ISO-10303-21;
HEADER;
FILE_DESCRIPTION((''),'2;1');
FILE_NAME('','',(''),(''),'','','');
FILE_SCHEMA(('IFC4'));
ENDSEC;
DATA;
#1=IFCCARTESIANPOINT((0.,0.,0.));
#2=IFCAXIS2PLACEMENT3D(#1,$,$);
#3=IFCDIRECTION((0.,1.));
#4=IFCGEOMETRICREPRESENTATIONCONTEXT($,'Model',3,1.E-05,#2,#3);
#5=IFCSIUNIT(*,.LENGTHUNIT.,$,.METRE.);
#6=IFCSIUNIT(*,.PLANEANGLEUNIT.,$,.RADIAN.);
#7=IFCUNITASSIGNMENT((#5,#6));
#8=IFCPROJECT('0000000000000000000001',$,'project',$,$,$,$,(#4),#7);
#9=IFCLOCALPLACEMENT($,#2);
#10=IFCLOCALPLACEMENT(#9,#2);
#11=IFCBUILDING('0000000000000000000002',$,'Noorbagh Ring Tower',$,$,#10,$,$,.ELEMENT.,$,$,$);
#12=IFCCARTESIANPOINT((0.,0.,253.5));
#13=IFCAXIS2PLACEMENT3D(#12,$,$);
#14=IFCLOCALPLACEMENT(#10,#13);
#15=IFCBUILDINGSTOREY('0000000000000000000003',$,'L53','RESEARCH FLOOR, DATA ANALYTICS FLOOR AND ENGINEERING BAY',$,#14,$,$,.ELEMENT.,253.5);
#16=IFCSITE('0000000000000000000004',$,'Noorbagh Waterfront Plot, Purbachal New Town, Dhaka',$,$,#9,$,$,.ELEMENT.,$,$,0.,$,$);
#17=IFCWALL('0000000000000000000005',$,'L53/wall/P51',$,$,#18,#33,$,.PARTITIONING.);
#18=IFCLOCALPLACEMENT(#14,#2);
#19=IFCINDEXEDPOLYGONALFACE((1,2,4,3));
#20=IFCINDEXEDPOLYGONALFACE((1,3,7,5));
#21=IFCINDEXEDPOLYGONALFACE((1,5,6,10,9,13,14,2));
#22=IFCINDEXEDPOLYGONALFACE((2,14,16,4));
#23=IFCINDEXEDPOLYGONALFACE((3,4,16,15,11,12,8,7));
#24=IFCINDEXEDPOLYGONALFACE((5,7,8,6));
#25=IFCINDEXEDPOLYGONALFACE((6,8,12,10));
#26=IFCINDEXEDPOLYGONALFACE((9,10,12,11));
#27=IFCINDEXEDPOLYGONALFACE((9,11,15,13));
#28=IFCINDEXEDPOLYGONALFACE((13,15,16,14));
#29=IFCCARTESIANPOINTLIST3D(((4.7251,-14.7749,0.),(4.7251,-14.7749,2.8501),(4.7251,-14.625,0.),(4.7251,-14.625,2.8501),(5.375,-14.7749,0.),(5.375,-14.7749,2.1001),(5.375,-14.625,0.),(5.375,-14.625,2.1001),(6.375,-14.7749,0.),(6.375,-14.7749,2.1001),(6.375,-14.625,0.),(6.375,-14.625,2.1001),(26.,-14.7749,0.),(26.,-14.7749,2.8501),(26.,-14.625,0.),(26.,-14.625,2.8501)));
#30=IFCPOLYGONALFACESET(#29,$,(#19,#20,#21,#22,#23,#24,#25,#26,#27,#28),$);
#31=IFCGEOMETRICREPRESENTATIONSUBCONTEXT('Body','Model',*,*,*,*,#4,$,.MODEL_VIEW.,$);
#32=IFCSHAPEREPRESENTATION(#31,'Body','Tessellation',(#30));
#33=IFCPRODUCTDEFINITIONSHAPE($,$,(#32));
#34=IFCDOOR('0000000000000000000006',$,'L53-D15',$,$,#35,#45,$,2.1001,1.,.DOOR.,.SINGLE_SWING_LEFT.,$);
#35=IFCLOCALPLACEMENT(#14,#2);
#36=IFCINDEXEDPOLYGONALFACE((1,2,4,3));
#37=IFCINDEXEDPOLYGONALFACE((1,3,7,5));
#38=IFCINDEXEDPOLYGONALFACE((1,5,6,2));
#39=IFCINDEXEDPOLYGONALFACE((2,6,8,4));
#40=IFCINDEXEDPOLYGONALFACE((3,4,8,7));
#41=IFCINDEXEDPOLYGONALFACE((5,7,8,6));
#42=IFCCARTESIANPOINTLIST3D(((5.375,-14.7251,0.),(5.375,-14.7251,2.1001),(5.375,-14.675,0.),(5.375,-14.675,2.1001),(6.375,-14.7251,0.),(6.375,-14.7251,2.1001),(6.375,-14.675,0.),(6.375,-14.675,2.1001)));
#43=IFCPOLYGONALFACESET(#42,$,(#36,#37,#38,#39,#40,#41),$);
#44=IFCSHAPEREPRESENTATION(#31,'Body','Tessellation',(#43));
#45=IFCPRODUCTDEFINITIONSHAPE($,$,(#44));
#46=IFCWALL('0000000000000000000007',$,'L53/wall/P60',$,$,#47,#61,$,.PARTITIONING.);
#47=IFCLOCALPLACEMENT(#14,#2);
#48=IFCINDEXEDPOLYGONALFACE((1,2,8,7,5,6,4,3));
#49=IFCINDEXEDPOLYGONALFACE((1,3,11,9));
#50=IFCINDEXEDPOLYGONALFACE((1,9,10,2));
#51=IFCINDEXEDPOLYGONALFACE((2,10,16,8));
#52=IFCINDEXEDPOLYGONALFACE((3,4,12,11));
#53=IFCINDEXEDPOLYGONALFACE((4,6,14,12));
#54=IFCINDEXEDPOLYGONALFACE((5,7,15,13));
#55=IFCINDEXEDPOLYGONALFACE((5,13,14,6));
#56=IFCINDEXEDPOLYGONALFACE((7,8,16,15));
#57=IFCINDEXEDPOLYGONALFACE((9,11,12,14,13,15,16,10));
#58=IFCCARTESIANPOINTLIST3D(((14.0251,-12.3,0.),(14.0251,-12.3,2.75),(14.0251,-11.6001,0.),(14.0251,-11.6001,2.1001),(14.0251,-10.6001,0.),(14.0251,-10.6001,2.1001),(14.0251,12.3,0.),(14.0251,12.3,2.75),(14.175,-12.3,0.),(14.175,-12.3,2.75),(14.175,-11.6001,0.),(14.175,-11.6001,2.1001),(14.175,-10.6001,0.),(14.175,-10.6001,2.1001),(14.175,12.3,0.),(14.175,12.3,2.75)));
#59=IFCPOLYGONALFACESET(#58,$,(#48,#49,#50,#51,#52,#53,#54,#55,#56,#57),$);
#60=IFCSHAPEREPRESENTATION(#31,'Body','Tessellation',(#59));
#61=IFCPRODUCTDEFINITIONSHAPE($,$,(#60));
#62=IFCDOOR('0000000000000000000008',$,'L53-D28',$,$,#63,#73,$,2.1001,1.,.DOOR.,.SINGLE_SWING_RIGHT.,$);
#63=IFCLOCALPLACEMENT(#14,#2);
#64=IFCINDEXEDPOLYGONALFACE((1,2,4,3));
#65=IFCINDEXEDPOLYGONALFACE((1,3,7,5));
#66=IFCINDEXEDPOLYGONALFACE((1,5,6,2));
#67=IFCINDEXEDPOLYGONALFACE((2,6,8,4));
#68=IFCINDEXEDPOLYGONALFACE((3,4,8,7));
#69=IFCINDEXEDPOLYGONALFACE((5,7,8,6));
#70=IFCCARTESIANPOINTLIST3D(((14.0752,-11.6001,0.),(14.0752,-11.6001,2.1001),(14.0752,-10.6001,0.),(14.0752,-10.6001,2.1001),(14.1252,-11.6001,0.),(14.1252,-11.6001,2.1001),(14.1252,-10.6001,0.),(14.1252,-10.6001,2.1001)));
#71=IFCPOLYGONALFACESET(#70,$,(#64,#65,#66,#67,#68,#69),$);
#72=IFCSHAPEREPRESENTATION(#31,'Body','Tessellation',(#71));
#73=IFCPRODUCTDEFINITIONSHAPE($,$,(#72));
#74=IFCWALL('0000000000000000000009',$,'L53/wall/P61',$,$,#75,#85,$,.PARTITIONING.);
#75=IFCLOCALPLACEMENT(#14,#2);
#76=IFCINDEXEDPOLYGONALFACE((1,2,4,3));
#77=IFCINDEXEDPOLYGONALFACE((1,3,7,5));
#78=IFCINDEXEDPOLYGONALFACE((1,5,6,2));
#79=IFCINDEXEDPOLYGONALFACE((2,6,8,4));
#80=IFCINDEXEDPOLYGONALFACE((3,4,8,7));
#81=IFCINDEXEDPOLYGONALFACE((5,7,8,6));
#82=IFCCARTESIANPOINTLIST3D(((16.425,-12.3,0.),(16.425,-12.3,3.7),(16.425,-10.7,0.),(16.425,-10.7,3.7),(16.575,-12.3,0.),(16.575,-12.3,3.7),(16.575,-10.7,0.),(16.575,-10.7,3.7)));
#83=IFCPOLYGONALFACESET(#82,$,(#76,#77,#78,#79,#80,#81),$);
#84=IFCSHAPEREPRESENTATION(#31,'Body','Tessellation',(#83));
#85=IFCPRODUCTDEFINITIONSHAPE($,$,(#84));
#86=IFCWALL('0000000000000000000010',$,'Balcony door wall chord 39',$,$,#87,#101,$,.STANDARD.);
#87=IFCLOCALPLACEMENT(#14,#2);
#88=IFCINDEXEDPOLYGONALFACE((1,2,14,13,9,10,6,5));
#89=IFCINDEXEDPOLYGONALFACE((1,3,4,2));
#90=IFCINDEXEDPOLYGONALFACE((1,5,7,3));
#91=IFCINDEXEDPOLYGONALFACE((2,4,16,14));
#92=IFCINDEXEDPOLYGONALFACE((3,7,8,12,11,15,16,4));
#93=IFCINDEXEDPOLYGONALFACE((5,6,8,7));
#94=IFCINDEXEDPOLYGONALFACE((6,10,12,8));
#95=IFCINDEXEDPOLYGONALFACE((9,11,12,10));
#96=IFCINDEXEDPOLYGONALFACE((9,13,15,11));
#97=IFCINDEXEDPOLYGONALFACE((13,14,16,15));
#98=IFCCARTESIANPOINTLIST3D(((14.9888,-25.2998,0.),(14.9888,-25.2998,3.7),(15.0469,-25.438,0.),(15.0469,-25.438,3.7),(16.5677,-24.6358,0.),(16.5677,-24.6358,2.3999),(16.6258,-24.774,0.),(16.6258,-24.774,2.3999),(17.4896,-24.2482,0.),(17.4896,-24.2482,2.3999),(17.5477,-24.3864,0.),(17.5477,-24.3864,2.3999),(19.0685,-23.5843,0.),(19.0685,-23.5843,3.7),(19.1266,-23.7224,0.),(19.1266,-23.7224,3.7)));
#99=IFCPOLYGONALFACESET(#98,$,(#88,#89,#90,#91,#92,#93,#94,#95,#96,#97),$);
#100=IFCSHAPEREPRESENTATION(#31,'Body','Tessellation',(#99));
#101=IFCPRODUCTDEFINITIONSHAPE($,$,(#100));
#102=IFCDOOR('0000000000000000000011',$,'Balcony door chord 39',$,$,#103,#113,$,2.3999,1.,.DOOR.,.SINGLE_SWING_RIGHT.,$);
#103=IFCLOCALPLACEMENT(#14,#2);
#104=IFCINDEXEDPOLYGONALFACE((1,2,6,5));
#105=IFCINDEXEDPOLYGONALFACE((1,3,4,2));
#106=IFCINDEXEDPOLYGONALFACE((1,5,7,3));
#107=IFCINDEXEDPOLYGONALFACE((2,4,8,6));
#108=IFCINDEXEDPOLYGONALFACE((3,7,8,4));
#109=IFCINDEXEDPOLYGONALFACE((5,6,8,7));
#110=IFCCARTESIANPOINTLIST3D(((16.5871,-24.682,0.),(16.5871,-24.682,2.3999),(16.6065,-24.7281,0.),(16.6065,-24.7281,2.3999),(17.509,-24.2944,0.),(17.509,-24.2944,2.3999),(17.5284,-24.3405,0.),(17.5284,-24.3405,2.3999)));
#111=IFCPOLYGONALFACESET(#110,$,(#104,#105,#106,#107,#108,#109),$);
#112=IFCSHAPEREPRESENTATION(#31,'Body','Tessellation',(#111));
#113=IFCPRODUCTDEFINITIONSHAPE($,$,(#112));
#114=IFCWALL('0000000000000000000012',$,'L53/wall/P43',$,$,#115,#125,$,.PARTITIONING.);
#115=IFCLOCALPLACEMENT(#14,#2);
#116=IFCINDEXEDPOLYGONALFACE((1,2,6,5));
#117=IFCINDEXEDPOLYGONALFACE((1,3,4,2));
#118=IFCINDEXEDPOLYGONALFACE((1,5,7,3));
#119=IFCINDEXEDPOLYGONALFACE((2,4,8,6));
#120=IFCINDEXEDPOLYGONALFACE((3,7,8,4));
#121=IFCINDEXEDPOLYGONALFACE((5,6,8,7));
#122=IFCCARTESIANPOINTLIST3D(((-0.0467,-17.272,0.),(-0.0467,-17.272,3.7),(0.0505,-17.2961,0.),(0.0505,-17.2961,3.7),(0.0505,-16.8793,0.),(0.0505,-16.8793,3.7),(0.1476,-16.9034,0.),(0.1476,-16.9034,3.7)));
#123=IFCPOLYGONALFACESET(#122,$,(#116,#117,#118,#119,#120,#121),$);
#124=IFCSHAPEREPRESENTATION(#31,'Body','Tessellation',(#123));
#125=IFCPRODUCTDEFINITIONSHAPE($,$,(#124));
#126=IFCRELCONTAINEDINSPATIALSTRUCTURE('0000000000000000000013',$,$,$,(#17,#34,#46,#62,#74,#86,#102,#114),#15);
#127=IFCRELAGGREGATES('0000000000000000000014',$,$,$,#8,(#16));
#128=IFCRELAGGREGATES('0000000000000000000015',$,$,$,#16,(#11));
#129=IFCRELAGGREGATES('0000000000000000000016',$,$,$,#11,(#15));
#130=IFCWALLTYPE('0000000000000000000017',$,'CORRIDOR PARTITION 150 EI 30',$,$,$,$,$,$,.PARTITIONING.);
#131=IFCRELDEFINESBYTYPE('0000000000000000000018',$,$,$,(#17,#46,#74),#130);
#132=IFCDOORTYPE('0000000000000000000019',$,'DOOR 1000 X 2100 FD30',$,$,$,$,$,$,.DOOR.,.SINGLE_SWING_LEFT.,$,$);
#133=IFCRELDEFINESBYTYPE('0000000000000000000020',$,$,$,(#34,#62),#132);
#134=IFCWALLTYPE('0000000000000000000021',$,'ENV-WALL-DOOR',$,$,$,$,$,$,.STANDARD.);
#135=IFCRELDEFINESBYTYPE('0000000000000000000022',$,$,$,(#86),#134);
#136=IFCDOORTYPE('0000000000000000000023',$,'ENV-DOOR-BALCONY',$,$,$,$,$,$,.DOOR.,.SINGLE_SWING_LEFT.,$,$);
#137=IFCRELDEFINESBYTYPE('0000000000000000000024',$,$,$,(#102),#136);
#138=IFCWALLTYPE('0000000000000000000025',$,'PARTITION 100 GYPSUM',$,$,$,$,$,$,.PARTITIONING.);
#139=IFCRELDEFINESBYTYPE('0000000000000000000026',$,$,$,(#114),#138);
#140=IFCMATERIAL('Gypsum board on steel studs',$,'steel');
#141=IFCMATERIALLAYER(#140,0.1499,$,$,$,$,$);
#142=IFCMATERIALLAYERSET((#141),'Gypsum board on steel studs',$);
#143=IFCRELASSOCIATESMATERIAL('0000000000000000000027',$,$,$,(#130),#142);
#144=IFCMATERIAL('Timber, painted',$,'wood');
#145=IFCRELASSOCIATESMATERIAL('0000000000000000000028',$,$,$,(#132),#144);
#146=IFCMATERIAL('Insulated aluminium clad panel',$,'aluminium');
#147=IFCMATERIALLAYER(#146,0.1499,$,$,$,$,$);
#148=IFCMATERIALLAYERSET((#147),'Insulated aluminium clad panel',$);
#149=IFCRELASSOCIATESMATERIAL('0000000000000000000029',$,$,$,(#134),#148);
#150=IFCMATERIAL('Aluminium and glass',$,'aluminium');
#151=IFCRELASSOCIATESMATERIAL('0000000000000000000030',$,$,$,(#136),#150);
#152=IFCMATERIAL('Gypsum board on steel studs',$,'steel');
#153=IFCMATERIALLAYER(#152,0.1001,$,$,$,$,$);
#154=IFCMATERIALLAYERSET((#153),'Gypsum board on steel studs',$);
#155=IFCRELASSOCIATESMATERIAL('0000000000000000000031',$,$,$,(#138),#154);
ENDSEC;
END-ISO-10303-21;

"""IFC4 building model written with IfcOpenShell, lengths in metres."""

from ifc_helpers import new_model, si_unit, direction, frame, frame_2d, origin, place, context, subcontext, project, spatial, rectangle, extrude, material, layer, layer_set, type_object, element, fill, save


model = new_model("IFC4")

# Units and contexts
model_context = context("Model", 3, precision=1e-05, world=origin(), true_north=direction((0.0, 1.0)))
body_context = subcontext(model_context, "Body", "Model", "MODEL_VIEW")
ifc_project = project(units=[si_unit("LENGTHUNIT", "METRE"), si_unit("PLANEANGLEUNIT", "RADIAN")], contexts=[model_context])

# Site, building, storey
site_placement = place(None, origin())
site = spatial("IfcSite", under=ifc_project, at=site_placement, Name="Noorbagh Waterfront Plot, Purbachal New Town, Dhaka", CompositionType="ELEMENT", RefElevation=0.0)
building_placement = place(site_placement, origin())
building = spatial("IfcBuilding", under=site, at=building_placement, Name="Noorbagh Ring Tower", CompositionType="ELEMENT")
storey_placement = place(building_placement, frame((0.0, 0.0, 253.5)))
storey = spatial("IfcBuildingStorey", under=building, at=storey_placement, Name="L53", Description="RESEARCH FLOOR, DATA ANALYTICS FLOOR AND ENGINEERING BAY", CompositionType="ELEMENT", Elevation=253.5)

# Shared definitions
ifc_material_1 = material(Name="Gypsum board on steel studs", Category="steel")
ifc_layer_1 = layer(ifc_material_1, 0.1499)
ifc_layer_set_1 = layer_set([ifc_layer_1], Name="Gypsum board on steel studs")
wall_type_1 = type_object("IfcWallType", Name="CORRIDOR PARTITION 150 EI 30", PredefinedType="PARTITIONING", material=ifc_layer_set_1)

# Walls, openings, doors
wall_1_placement = place(storey_placement, frame((4.7251, -14.7, 0.0), z_axis=(0.0, 0.0, 1.0), x_axis=(1.0, 0.0, 0.0)))
wall_1 = element("IfcWall", 1, at=wall_1_placement, inside=storey, type_object=wall_type_1, Name="L53/wall/P51", PredefinedType="PARTITIONING", context=body_context, shape_type="SweptSolid", body=[
    extrude(rectangle(XDim=21.2749, YDim=0.1499, at=frame_2d((10.6375, 0.0))), origin(), (0.0, 0.0, 1.0), 2.8501),
])
opening_1_placement = place(wall_1_placement, frame((0.6499, 0.0, 0.0)))
opening_1 = element("IfcOpeningElement", 2, at=opening_1_placement, cuts=wall_1, PredefinedType="OPENING", context=body_context, shape_type="SweptSolid", body=[
    extrude(rectangle(XDim=1.0, YDim=2.1001, at=frame_2d((0.5, 1.05))), frame((0.0, 0.085, 0.0), z_axis=(0.0, -1.0, 0.0), x_axis=(1.0, 0.0, 0.0)), (0.0, 0.0, 1.0), 0.1699),
])
ifc_material_2 = material(Name="Timber, painted", Category="wood")
door_type_1 = type_object("IfcDoorType", Name="DOOR 1000 X 2100 FD30", OperationType="SINGLE_SWING_LEFT", PredefinedType="DOOR", material=ifc_material_2)
door_1_placement = place(opening_1_placement, origin())
door_1 = element("IfcDoor", 3, at=door_1_placement, inside=storey, type_object=door_type_1, Name="L53-D15", OperationType="SINGLE_SWING_LEFT", OverallHeight=2.1001, OverallWidth=1.0, PredefinedType="DOOR", context=body_context, shape_type="SweptSolid", body=[
    extrude(rectangle(XDim=1.0, YDim=2.1001, at=frame_2d((0.5, 1.05))), frame((0.0, 0.0249, 0.0), z_axis=(0.0, -1.0, 0.0), x_axis=(1.0, 0.0, 0.0)), (0.0, 0.0, 1.0), 0.05),
])
fill(opening_1, door_1)
wall_2_placement = place(storey_placement, frame((14.1001, -12.3, 0.0), z_axis=(0.0, 0.0, 1.0), x_axis=(0.0, 1.0, 0.0)))
wall_2 = element("IfcWall", 4, at=wall_2_placement, inside=storey, type_object=wall_type_1, Name="L53/wall/P60", PredefinedType="PARTITIONING", context=body_context, shape_type="SweptSolid", body=[
    extrude(rectangle(XDim=24.6001, YDim=0.1499, at=frame_2d((12.3, 0.0))), origin(), (0.0, 0.0, 1.0), 2.75),
])
opening_2_placement = place(wall_2_placement, frame((0.7, 0.0, 0.0)))
opening_2 = element("IfcOpeningElement", 5, at=opening_2_placement, cuts=wall_2, PredefinedType="OPENING", context=body_context, shape_type="SweptSolid", body=[
    extrude(rectangle(XDim=1.0, YDim=2.1001, at=frame_2d((0.5, 1.05))), frame((0.0, 0.085, 0.0), z_axis=(0.0, -1.0, 0.0), x_axis=(1.0, 0.0, 0.0)), (0.0, 0.0, 1.0), 0.1699),
])
door_2_placement = place(opening_2_placement, origin())
door_2 = element("IfcDoor", 6, at=door_2_placement, inside=storey, type_object=door_type_1, Name="L53-D28", OperationType="SINGLE_SWING_RIGHT", OverallHeight=2.1001, OverallWidth=1.0, PredefinedType="DOOR", context=body_context, shape_type="SweptSolid", body=[
    extrude(rectangle(XDim=1.0, YDim=2.1001, at=frame_2d((0.5, 1.05))), frame((0.0, 0.0249, 0.0), z_axis=(0.0, -1.0, 0.0), x_axis=(1.0, 0.0, 0.0)), (0.0, 0.0, 1.0), 0.05),
])
fill(opening_2, door_2)

# Wall
wall_3_placement = place(storey_placement, frame((16.5, -12.3, 0.0), z_axis=(0.0, 0.0, 1.0), x_axis=(0.0, 1.0, 0.0)))
element("IfcWall", 7, at=wall_3_placement, inside=storey, type_object=wall_type_1, Name="L53/wall/P61", PredefinedType="PARTITIONING", context=body_context, shape_type="SweptSolid", body=[
    extrude(rectangle(XDim=1.6001, YDim=0.1499, at=frame_2d((0.8, 0.0))), origin(), (0.0, 0.0, 1.0), 3.7),
])

# Wall, opening, door
ifc_material_3 = material(Name="Insulated aluminium clad panel", Category="aluminium")
ifc_layer_2 = layer(ifc_material_3, 0.1499)
ifc_layer_set_2 = layer_set([ifc_layer_2], Name="Insulated aluminium clad panel")
wall_type_2 = type_object("IfcWallType", Name="ENV-WALL-DOOR", PredefinedType="STANDARD", material=ifc_layer_set_2)
wall_4_placement = place(storey_placement, frame((15.0178, -25.3689, 0.0), z_axis=(0.0, 0.0, 1.0), x_axis=(0.921817, 0.387625, 0.0)))
wall_4 = element("IfcWall", 8, at=wall_4_placement, inside=storey, type_object=wall_type_2, Name="Balcony door wall chord 39", PredefinedType="STANDARD", context=body_context, shape_type="SweptSolid", body=[
    extrude(rectangle(XDim=4.4258, YDim=0.1499, at=frame_2d((2.2129, 0.0))), origin(), (0.0, 0.0, 1.0), 3.7),
])
opening_3_placement = place(wall_4_placement, frame((1.7129, 0.0, 0.0)))
opening_3 = element("IfcOpeningElement", 9, at=opening_3_placement, cuts=wall_4, PredefinedType="OPENING", context=body_context, shape_type="SweptSolid", body=[
    extrude(rectangle(XDim=1.0, YDim=2.3999, at=frame_2d((0.5, 1.2))), frame((0.0, 0.085, 0.0), z_axis=(0.0, -1.0, 0.0), x_axis=(1.0, 0.0, 0.0)), (0.0, 0.0, 1.0), 0.1699),
])
ifc_material_4 = material(Name="Aluminium and glass", Category="aluminium")
door_type_2 = type_object("IfcDoorType", Name="ENV-DOOR-BALCONY", OperationType="SINGLE_SWING_LEFT", PredefinedType="DOOR", material=ifc_material_4)
door_3_placement = place(opening_3_placement, origin())
door_3 = element("IfcDoor", 10, at=door_3_placement, inside=storey, type_object=door_type_2, Name="Balcony door chord 39", OperationType="SINGLE_SWING_RIGHT", OverallHeight=2.3999, OverallWidth=1.0, PredefinedType="DOOR", context=body_context, shape_type="SweptSolid", body=[
    extrude(rectangle(XDim=1.0, YDim=2.3999, at=frame_2d((0.5, 1.2))), frame((0.0, 0.0249, 0.0), z_axis=(0.0, -1.0, 0.0), x_axis=(1.0, 0.0, 0.0)), (0.0, 0.0, 1.0), 0.05),
])
fill(opening_3, door_3)

# Wall
ifc_material_5 = material(Name="Gypsum board on steel studs", Category="steel")
ifc_layer_3 = layer(ifc_material_5, 0.1001)
ifc_layer_set_3 = layer_set([ifc_layer_3], Name="Gypsum board on steel studs")
wall_type_3 = type_object("IfcWallType", Name="PARTITION 100 GYPSUM", PredefinedType="PARTITIONING", material=ifc_layer_set_3)
wall_5_placement = place(storey_placement, frame((0.002, -17.2839, 0.0), z_axis=(0.0, 0.0, 1.0), x_axis=(0.240122, 0.970743, 0.0)))
element("IfcWall", 11, at=wall_5_placement, inside=storey, type_object=wall_type_3, Name="L53/wall/P43", PredefinedType="PARTITIONING", context=body_context, shape_type="SweptSolid", body=[
    extrude(rectangle(XDim=0.4045, YDim=0.1001, at=frame_2d((0.2021, 0.0))), origin(), (0.0, 0.0, 1.0), 3.7),
])

save(model, "model.ifc")
